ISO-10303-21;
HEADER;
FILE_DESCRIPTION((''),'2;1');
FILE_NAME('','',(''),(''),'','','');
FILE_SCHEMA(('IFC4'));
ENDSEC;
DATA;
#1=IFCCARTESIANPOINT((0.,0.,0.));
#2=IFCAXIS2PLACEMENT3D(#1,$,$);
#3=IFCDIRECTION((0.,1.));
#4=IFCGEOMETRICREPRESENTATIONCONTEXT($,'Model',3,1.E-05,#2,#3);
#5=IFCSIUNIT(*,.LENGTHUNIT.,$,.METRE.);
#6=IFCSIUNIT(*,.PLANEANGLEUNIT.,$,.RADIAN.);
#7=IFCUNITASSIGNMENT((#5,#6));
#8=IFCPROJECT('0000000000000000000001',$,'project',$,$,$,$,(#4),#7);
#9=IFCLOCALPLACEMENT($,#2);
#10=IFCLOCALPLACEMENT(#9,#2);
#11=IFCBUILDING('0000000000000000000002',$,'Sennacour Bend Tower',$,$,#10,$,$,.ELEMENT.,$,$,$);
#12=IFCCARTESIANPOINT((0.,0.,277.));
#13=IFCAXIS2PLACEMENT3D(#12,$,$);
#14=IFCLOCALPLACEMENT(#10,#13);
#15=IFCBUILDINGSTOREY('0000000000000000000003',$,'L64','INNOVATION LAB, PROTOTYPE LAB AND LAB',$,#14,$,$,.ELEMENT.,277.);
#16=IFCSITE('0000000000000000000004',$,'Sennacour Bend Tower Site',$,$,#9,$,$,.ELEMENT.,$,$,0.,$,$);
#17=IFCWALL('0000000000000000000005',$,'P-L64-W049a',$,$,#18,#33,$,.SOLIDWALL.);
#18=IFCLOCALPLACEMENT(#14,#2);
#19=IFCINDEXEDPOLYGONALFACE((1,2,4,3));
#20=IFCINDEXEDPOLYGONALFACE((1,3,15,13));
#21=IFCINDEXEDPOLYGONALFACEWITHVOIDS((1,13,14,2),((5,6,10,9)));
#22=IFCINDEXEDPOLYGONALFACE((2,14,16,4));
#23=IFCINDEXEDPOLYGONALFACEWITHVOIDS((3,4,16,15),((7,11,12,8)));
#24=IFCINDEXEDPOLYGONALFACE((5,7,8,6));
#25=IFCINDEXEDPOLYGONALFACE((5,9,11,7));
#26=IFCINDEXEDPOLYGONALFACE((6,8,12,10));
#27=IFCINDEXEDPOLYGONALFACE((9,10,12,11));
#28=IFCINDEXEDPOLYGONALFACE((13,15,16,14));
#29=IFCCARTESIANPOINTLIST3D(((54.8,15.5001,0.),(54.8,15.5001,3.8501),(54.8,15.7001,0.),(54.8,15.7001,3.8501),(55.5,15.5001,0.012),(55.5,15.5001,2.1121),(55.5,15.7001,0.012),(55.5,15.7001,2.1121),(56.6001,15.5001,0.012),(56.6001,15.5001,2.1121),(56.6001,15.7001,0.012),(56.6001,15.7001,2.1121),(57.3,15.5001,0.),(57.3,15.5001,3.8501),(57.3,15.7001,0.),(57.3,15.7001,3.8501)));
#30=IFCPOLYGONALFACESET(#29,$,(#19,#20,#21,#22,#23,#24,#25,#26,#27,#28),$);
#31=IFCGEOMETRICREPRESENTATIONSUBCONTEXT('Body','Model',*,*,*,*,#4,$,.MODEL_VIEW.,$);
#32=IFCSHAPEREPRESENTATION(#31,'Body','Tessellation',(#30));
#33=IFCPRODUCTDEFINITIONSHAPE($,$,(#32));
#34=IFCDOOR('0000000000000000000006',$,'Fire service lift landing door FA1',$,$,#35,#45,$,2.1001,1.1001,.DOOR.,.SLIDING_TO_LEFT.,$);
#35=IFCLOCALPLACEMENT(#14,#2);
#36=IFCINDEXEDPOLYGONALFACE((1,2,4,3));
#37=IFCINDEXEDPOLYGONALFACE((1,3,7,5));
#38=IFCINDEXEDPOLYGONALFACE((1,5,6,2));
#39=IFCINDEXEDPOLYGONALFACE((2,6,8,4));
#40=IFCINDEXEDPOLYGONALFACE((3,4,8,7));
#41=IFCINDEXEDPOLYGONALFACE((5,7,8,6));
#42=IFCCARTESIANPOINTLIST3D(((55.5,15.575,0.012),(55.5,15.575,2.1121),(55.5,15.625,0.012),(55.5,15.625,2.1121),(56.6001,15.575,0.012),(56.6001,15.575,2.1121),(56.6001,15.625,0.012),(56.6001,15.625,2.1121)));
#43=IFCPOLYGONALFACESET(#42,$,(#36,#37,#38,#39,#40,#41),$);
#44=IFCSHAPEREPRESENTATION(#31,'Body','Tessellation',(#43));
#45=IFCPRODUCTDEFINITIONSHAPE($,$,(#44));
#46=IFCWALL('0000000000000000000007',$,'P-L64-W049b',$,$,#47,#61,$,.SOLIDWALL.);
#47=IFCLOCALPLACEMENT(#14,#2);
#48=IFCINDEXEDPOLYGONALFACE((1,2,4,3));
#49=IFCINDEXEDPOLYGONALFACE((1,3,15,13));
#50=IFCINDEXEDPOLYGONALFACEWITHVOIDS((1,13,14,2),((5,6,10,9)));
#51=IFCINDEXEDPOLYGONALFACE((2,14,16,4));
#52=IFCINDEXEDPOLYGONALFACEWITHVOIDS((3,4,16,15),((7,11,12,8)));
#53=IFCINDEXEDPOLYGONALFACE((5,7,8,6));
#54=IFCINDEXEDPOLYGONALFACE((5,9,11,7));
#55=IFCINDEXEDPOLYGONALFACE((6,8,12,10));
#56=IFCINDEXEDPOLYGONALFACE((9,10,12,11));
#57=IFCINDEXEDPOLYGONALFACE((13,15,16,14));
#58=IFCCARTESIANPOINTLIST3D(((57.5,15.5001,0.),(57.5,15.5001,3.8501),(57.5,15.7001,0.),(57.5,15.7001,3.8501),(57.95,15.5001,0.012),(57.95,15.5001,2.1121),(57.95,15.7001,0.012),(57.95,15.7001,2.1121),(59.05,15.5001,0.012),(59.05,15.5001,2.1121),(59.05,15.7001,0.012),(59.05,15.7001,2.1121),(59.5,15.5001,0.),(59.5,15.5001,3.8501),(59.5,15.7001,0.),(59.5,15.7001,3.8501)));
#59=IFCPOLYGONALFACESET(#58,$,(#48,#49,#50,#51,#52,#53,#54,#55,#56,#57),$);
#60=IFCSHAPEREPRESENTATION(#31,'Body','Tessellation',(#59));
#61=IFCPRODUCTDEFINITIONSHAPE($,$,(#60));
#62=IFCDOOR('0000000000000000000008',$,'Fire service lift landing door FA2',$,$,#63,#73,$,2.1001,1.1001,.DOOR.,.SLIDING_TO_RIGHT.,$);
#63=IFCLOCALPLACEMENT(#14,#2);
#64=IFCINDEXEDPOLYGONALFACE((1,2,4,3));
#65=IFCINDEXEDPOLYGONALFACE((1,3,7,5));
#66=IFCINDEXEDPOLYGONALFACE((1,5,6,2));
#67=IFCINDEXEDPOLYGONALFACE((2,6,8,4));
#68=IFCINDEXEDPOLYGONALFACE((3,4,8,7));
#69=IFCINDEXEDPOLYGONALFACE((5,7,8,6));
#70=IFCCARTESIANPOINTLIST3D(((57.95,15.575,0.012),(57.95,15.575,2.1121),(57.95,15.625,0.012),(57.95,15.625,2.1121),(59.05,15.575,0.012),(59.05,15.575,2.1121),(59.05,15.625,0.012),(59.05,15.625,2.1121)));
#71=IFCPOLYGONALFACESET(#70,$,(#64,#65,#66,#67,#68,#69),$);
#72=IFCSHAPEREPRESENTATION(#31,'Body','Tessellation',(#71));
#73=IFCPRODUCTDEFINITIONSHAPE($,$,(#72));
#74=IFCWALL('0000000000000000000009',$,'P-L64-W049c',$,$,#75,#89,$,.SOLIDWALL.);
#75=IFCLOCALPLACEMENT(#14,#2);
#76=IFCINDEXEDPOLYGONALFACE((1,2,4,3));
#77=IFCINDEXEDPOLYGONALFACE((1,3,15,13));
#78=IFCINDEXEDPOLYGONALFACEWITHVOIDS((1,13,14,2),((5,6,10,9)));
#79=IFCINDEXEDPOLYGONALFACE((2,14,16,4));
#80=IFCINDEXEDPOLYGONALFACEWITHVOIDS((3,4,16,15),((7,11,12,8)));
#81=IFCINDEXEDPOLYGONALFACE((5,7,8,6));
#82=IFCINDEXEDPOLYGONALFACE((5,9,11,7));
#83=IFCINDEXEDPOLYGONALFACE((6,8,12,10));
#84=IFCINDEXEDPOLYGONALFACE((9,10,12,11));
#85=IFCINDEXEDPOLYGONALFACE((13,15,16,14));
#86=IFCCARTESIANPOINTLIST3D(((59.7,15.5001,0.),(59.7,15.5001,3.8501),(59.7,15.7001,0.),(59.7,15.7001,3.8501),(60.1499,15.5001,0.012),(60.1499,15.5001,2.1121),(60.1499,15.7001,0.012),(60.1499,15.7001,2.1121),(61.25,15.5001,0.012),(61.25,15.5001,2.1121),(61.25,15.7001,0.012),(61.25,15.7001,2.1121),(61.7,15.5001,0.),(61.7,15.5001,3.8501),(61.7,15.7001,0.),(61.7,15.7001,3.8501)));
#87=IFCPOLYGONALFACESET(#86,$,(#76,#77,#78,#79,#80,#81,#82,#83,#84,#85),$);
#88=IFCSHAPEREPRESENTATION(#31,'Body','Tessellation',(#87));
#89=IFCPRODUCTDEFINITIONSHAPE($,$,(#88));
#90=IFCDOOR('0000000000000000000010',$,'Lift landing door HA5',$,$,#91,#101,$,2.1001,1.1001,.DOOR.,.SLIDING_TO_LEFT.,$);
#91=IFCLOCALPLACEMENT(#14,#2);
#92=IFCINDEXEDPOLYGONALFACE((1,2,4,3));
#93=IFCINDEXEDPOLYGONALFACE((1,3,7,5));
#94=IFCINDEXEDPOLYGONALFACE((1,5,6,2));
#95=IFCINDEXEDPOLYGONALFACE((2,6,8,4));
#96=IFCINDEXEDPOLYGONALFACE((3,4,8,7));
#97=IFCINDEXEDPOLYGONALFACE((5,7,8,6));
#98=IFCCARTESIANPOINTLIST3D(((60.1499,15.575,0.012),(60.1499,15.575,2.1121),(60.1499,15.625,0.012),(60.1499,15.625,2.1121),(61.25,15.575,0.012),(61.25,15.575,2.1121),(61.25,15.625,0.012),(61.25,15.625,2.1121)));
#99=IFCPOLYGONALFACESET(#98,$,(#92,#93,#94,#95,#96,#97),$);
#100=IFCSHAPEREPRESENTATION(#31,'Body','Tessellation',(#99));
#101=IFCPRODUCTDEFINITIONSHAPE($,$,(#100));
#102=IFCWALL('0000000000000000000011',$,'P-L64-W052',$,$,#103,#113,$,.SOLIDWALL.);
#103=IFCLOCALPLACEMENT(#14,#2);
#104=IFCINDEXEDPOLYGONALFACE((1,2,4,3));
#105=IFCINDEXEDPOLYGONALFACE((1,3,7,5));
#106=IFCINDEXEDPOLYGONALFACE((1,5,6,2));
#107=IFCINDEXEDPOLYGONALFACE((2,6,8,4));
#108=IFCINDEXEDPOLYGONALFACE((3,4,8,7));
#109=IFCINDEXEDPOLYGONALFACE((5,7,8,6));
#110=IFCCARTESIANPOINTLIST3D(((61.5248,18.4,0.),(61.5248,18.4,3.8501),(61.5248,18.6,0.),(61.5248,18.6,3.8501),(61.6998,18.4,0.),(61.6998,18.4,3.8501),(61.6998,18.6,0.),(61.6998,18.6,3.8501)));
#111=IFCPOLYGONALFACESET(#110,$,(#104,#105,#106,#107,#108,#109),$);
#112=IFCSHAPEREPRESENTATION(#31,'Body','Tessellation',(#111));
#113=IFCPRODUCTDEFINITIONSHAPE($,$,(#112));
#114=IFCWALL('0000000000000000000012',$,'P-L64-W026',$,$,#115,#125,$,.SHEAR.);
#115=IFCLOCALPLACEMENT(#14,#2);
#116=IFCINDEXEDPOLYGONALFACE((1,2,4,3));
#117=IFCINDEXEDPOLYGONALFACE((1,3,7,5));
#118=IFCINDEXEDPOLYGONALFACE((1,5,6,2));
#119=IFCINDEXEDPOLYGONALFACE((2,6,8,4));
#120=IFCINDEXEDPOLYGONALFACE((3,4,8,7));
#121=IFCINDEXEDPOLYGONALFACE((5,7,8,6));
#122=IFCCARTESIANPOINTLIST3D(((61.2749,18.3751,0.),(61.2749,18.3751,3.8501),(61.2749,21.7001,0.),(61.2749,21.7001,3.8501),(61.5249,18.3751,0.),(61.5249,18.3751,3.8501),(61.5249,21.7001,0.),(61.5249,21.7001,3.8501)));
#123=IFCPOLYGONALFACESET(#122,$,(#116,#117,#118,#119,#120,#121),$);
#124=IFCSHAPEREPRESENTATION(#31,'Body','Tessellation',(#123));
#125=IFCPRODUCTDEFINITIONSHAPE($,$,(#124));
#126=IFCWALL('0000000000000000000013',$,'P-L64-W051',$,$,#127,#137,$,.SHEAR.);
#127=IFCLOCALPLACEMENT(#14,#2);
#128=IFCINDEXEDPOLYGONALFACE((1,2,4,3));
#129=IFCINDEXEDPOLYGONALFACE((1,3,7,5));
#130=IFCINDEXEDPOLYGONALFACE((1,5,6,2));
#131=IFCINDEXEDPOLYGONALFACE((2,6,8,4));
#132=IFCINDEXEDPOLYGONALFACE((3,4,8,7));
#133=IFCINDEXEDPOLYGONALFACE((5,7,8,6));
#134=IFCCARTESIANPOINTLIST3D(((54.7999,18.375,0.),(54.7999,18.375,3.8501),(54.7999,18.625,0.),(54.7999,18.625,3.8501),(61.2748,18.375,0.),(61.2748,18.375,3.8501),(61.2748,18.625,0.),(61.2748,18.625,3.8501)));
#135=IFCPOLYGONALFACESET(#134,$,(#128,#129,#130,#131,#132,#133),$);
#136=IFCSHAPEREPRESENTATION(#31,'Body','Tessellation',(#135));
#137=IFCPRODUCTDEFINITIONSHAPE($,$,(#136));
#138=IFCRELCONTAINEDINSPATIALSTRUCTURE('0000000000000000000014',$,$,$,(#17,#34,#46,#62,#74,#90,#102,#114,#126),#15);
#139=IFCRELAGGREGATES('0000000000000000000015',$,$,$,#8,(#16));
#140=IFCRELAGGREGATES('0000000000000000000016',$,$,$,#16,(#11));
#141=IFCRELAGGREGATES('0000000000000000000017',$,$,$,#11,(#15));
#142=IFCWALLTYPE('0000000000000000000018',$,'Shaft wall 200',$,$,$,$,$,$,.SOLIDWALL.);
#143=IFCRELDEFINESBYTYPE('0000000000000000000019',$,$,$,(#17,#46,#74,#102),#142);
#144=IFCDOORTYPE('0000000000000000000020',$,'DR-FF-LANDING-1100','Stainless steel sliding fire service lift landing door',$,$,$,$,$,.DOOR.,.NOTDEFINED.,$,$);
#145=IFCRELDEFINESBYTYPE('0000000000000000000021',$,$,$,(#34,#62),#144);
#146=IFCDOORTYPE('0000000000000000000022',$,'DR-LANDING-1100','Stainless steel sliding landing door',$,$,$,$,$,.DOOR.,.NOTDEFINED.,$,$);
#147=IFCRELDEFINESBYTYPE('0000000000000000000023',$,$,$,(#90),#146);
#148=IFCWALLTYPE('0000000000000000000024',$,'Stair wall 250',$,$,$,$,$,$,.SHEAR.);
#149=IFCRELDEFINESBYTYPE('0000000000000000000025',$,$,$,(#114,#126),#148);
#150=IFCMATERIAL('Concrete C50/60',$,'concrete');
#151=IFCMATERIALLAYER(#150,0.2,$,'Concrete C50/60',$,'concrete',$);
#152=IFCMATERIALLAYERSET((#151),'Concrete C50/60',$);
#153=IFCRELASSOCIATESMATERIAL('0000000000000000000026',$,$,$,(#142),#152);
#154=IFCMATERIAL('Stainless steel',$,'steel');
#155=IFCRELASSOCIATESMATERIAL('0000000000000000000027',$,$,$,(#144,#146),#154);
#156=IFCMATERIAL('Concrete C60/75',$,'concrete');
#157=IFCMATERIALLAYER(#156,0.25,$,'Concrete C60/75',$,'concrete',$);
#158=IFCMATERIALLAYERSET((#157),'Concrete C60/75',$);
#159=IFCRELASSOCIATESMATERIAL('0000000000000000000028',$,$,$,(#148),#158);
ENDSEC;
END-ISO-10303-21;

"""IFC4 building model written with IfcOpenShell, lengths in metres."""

from ifc_helpers import new_model, si_unit, direction, frame, frame_2d, origin, place, context, subcontext, project, spatial, rectangle, extrude, material, layer, layer_set, type_object, element, fill, save


model = new_model("IFC4")

# Units and contexts
model_context = context("Model", 3, precision=1e-05, world=origin(), true_north=direction((0.0, 1.0)))
body_context = subcontext(model_context, "Body", "Model", "MODEL_VIEW")
ifc_project = project(units=[si_unit("LENGTHUNIT", "METRE"), si_unit("PLANEANGLEUNIT", "RADIAN")], contexts=[model_context])

# Site, building, storey
site_placement = place(None, origin())
site = spatial("IfcSite", under=ifc_project, at=site_placement, Name="Sennacour Bend Tower Site", CompositionType="ELEMENT", RefElevation=0.0)
building_placement = place(site_placement, origin())
building = spatial("IfcBuilding", under=site, at=building_placement, Name="Sennacour Bend Tower", CompositionType="ELEMENT")
storey_placement = place(building_placement, frame((0.0, 0.0, 277.0)))
storey = spatial("IfcBuildingStorey", under=building, at=storey_placement, Name="L64", Description="INNOVATION LAB, PROTOTYPE LAB AND LAB", CompositionType="ELEMENT", Elevation=277.0)

# Shared definitions
ifc_material_1 = material(Name="Concrete C50/60", Category="concrete")
ifc_layer_1 = layer(ifc_material_1, 0.2, Name="Concrete C50/60", Category="concrete")
ifc_layer_set_1 = layer_set([ifc_layer_1], Name="Concrete C50/60")
wall_type_1 = type_object("IfcWallType", Name="Shaft wall 200", PredefinedType="SOLIDWALL", material=ifc_layer_set_1)

# Walls, openings, doors
wall_1_placement = place(storey_placement, frame((54.8, 15.6001, 0.0), z_axis=(0.0, 0.0, 1.0), x_axis=(1.0, 0.0, 0.0)))
wall_1 = element("IfcWall", 1, at=wall_1_placement, inside=storey, type_object=wall_type_1, Name="P-L64-W049a", PredefinedType="SOLIDWALL", context=body_context, shape_type="SweptSolid", body=[
    extrude(rectangle(XDim=2.5, YDim=0.2, at=frame_2d((1.25, 0.0))), origin(), (0.0, 0.0, 1.0), 3.8501),
])
opening_1_placement = place(wall_1_placement, frame((0.7, 0.0, 0.012)))
opening_1 = element("IfcOpeningElement", 2, at=opening_1_placement, cuts=wall_1, PredefinedType="OPENING", context=body_context, shape_type="SweptSolid", body=[
    extrude(rectangle(XDim=1.1001, YDim=2.1001, at=frame_2d((0.55, 1.05))), frame((0.0, 0.1099, 0.0), z_axis=(0.0, -1.0, 0.0), x_axis=(1.0, 0.0, 0.0)), (0.0, 0.0, 1.0), 0.22),
])
ifc_material_2 = material(Name="Stainless steel", Category="steel")
door_type_1 = type_object("IfcDoorType", Name="DR-FF-LANDING-1100", Description="Stainless steel sliding fire service lift landing door", OperationType="NOTDEFINED", PredefinedType="DOOR", material=ifc_material_2)
door_1_placement = place(opening_1_placement, origin())
door_1 = element("IfcDoor", 3, at=door_1_placement, inside=storey, type_object=door_type_1, Name="Fire service lift landing door FA1", OperationType="SLIDING_TO_LEFT", OverallHeight=2.1001, OverallWidth=1.1001, PredefinedType="DOOR", context=body_context, shape_type="SweptSolid", body=[
    extrude(rectangle(XDim=1.1001, YDim=2.1001, at=frame_2d((0.55, 1.05))), frame((0.0, 0.0249, 0.0), z_axis=(0.0, -1.0, 0.0), x_axis=(1.0, 0.0, 0.0)), (0.0, 0.0, 1.0), 0.05),
])
fill(opening_1, door_1)
wall_2_placement = place(storey_placement, frame((57.5, 15.6001, 0.0), z_axis=(0.0, 0.0, 1.0), x_axis=(1.0, 0.0, 0.0)))
wall_2 = element("IfcWall", 4, at=wall_2_placement, inside=storey, type_object=wall_type_1, Name="P-L64-W049b", PredefinedType="SOLIDWALL", context=body_context, shape_type="SweptSolid", body=[
    extrude(rectangle(XDim=2.0, YDim=0.2, at=frame_2d((1.0, 0.0))), origin(), (0.0, 0.0, 1.0), 3.8501),
])
opening_2_placement = place(wall_2_placement, frame((0.45, 0.0, 0.012)))
opening_2 = element("IfcOpeningElement", 5, at=opening_2_placement, cuts=wall_2, PredefinedType="OPENING", context=body_context, shape_type="SweptSolid", body=[
    extrude(rectangle(XDim=1.1001, YDim=2.1001, at=frame_2d((0.55, 1.05))), frame((0.0, 0.1099, 0.0), z_axis=(0.0, -1.0, 0.0), x_axis=(1.0, 0.0, 0.0)), (0.0, 0.0, 1.0), 0.22),
])
door_2_placement = place(opening_2_placement, origin())
door_2 = element("IfcDoor", 6, at=door_2_placement, inside=storey, type_object=door_type_1, Name="Fire service lift landing door FA2", OperationType="SLIDING_TO_RIGHT", OverallHeight=2.1001, OverallWidth=1.1001, PredefinedType="DOOR", context=body_context, shape_type="SweptSolid", body=[
    extrude(rectangle(XDim=1.1001, YDim=2.1001, at=frame_2d((0.55, 1.05))), frame((0.0, 0.0249, 0.0), z_axis=(0.0, -1.0, 0.0), x_axis=(1.0, 0.0, 0.0)), (0.0, 0.0, 1.0), 0.05),
])
fill(opening_2, door_2)
wall_3_placement = place(storey_placement, frame((59.7, 15.6001, 0.0), z_axis=(0.0, 0.0, 1.0), x_axis=(1.0, 0.0, 0.0)))
wall_3 = element("IfcWall", 7, at=wall_3_placement, inside=storey, type_object=wall_type_1, Name="P-L64-W049c", PredefinedType="SOLIDWALL", context=body_context, shape_type="SweptSolid", body=[
    extrude(rectangle(XDim=2.0, YDim=0.2, at=frame_2d((1.0, 0.0))), origin(), (0.0, 0.0, 1.0), 3.8501),
])
opening_3_placement = place(wall_3_placement, frame((0.45, 0.0, 0.012)))
opening_3 = element("IfcOpeningElement", 8, at=opening_3_placement, cuts=wall_3, PredefinedType="OPENING", context=body_context, shape_type="SweptSolid", body=[
    extrude(rectangle(XDim=1.1001, YDim=2.1001, at=frame_2d((0.55, 1.05))), frame((0.0, 0.1099, 0.0), z_axis=(0.0, -1.0, 0.0), x_axis=(1.0, 0.0, 0.0)), (0.0, 0.0, 1.0), 0.22),
])
door_type_2 = type_object("IfcDoorType", Name="DR-LANDING-1100", Description="Stainless steel sliding landing door", OperationType="NOTDEFINED", PredefinedType="DOOR", material=ifc_material_2)
door_3_placement = place(opening_3_placement, origin())
door_3 = element("IfcDoor", 9, at=door_3_placement, inside=storey, type_object=door_type_2, Name="Lift landing door HA5", OperationType="SLIDING_TO_LEFT", OverallHeight=2.1001, OverallWidth=1.1001, PredefinedType="DOOR", context=body_context, shape_type="SweptSolid", body=[
    extrude(rectangle(XDim=1.1001, YDim=2.1001, at=frame_2d((0.55, 1.05))), frame((0.0, 0.0249, 0.0), z_axis=(0.0, -1.0, 0.0), x_axis=(1.0, 0.0, 0.0)), (0.0, 0.0, 1.0), 0.05),
])
fill(opening_3, door_3)

# Walls
wall_4_placement = place(storey_placement, frame((61.5249, 18.5, 0.0), z_axis=(0.0, 0.0, 1.0), x_axis=(1.0, 0.0, 0.0)))
element("IfcWall", 10, at=wall_4_placement, inside=storey, type_object=wall_type_1, Name="P-L64-W052", PredefinedType="SOLIDWALL", context=body_context, shape_type="SweptSolid", body=[
    extrude(rectangle(XDim=0.175, YDim=0.2, at=frame_2d((0.0874, 0.0))), origin(), (0.0, 0.0, 1.0), 3.8501),
])
ifc_material_3 = material(Name="Concrete C60/75", Category="concrete")
ifc_layer_2 = layer(ifc_material_3, 0.25, Name="Concrete C60/75", Category="concrete")
ifc_layer_set_2 = layer_set([ifc_layer_2], Name="Concrete C60/75")
wall_type_2 = type_object("IfcWallType", Name="Stair wall 250", PredefinedType="SHEAR", material=ifc_layer_set_2)
wall_5_placement = place(storey_placement, frame((61.3999, 18.375, 0.0), z_axis=(0.0, 0.0, 1.0), x_axis=(0.0, 1.0, 0.0)))
element("IfcWall", 11, at=wall_5_placement, inside=storey, type_object=wall_type_2, Name="P-L64-W026", PredefinedType="SHEAR", context=body_context, shape_type="SweptSolid", body=[
    extrude(rectangle(XDim=3.325, YDim=0.25, at=frame_2d((1.6626, 0.0))), origin(), (0.0, 0.0, 1.0), 3.8501),
])
wall_6_placement = place(storey_placement, frame((54.8, 18.5, 0.0), z_axis=(0.0, 0.0, 1.0), x_axis=(1.0, 0.0, 0.0)))
element("IfcWall", 12, at=wall_6_placement, inside=storey, type_object=wall_type_2, Name="P-L64-W051", PredefinedType="SHEAR", context=body_context, shape_type="SweptSolid", body=[
    extrude(rectangle(XDim=6.4749, YDim=0.25, at=frame_2d((3.2373, 0.0))), origin(), (0.0, 0.0, 1.0), 3.8501),
])

save(model, "model.ifc")
